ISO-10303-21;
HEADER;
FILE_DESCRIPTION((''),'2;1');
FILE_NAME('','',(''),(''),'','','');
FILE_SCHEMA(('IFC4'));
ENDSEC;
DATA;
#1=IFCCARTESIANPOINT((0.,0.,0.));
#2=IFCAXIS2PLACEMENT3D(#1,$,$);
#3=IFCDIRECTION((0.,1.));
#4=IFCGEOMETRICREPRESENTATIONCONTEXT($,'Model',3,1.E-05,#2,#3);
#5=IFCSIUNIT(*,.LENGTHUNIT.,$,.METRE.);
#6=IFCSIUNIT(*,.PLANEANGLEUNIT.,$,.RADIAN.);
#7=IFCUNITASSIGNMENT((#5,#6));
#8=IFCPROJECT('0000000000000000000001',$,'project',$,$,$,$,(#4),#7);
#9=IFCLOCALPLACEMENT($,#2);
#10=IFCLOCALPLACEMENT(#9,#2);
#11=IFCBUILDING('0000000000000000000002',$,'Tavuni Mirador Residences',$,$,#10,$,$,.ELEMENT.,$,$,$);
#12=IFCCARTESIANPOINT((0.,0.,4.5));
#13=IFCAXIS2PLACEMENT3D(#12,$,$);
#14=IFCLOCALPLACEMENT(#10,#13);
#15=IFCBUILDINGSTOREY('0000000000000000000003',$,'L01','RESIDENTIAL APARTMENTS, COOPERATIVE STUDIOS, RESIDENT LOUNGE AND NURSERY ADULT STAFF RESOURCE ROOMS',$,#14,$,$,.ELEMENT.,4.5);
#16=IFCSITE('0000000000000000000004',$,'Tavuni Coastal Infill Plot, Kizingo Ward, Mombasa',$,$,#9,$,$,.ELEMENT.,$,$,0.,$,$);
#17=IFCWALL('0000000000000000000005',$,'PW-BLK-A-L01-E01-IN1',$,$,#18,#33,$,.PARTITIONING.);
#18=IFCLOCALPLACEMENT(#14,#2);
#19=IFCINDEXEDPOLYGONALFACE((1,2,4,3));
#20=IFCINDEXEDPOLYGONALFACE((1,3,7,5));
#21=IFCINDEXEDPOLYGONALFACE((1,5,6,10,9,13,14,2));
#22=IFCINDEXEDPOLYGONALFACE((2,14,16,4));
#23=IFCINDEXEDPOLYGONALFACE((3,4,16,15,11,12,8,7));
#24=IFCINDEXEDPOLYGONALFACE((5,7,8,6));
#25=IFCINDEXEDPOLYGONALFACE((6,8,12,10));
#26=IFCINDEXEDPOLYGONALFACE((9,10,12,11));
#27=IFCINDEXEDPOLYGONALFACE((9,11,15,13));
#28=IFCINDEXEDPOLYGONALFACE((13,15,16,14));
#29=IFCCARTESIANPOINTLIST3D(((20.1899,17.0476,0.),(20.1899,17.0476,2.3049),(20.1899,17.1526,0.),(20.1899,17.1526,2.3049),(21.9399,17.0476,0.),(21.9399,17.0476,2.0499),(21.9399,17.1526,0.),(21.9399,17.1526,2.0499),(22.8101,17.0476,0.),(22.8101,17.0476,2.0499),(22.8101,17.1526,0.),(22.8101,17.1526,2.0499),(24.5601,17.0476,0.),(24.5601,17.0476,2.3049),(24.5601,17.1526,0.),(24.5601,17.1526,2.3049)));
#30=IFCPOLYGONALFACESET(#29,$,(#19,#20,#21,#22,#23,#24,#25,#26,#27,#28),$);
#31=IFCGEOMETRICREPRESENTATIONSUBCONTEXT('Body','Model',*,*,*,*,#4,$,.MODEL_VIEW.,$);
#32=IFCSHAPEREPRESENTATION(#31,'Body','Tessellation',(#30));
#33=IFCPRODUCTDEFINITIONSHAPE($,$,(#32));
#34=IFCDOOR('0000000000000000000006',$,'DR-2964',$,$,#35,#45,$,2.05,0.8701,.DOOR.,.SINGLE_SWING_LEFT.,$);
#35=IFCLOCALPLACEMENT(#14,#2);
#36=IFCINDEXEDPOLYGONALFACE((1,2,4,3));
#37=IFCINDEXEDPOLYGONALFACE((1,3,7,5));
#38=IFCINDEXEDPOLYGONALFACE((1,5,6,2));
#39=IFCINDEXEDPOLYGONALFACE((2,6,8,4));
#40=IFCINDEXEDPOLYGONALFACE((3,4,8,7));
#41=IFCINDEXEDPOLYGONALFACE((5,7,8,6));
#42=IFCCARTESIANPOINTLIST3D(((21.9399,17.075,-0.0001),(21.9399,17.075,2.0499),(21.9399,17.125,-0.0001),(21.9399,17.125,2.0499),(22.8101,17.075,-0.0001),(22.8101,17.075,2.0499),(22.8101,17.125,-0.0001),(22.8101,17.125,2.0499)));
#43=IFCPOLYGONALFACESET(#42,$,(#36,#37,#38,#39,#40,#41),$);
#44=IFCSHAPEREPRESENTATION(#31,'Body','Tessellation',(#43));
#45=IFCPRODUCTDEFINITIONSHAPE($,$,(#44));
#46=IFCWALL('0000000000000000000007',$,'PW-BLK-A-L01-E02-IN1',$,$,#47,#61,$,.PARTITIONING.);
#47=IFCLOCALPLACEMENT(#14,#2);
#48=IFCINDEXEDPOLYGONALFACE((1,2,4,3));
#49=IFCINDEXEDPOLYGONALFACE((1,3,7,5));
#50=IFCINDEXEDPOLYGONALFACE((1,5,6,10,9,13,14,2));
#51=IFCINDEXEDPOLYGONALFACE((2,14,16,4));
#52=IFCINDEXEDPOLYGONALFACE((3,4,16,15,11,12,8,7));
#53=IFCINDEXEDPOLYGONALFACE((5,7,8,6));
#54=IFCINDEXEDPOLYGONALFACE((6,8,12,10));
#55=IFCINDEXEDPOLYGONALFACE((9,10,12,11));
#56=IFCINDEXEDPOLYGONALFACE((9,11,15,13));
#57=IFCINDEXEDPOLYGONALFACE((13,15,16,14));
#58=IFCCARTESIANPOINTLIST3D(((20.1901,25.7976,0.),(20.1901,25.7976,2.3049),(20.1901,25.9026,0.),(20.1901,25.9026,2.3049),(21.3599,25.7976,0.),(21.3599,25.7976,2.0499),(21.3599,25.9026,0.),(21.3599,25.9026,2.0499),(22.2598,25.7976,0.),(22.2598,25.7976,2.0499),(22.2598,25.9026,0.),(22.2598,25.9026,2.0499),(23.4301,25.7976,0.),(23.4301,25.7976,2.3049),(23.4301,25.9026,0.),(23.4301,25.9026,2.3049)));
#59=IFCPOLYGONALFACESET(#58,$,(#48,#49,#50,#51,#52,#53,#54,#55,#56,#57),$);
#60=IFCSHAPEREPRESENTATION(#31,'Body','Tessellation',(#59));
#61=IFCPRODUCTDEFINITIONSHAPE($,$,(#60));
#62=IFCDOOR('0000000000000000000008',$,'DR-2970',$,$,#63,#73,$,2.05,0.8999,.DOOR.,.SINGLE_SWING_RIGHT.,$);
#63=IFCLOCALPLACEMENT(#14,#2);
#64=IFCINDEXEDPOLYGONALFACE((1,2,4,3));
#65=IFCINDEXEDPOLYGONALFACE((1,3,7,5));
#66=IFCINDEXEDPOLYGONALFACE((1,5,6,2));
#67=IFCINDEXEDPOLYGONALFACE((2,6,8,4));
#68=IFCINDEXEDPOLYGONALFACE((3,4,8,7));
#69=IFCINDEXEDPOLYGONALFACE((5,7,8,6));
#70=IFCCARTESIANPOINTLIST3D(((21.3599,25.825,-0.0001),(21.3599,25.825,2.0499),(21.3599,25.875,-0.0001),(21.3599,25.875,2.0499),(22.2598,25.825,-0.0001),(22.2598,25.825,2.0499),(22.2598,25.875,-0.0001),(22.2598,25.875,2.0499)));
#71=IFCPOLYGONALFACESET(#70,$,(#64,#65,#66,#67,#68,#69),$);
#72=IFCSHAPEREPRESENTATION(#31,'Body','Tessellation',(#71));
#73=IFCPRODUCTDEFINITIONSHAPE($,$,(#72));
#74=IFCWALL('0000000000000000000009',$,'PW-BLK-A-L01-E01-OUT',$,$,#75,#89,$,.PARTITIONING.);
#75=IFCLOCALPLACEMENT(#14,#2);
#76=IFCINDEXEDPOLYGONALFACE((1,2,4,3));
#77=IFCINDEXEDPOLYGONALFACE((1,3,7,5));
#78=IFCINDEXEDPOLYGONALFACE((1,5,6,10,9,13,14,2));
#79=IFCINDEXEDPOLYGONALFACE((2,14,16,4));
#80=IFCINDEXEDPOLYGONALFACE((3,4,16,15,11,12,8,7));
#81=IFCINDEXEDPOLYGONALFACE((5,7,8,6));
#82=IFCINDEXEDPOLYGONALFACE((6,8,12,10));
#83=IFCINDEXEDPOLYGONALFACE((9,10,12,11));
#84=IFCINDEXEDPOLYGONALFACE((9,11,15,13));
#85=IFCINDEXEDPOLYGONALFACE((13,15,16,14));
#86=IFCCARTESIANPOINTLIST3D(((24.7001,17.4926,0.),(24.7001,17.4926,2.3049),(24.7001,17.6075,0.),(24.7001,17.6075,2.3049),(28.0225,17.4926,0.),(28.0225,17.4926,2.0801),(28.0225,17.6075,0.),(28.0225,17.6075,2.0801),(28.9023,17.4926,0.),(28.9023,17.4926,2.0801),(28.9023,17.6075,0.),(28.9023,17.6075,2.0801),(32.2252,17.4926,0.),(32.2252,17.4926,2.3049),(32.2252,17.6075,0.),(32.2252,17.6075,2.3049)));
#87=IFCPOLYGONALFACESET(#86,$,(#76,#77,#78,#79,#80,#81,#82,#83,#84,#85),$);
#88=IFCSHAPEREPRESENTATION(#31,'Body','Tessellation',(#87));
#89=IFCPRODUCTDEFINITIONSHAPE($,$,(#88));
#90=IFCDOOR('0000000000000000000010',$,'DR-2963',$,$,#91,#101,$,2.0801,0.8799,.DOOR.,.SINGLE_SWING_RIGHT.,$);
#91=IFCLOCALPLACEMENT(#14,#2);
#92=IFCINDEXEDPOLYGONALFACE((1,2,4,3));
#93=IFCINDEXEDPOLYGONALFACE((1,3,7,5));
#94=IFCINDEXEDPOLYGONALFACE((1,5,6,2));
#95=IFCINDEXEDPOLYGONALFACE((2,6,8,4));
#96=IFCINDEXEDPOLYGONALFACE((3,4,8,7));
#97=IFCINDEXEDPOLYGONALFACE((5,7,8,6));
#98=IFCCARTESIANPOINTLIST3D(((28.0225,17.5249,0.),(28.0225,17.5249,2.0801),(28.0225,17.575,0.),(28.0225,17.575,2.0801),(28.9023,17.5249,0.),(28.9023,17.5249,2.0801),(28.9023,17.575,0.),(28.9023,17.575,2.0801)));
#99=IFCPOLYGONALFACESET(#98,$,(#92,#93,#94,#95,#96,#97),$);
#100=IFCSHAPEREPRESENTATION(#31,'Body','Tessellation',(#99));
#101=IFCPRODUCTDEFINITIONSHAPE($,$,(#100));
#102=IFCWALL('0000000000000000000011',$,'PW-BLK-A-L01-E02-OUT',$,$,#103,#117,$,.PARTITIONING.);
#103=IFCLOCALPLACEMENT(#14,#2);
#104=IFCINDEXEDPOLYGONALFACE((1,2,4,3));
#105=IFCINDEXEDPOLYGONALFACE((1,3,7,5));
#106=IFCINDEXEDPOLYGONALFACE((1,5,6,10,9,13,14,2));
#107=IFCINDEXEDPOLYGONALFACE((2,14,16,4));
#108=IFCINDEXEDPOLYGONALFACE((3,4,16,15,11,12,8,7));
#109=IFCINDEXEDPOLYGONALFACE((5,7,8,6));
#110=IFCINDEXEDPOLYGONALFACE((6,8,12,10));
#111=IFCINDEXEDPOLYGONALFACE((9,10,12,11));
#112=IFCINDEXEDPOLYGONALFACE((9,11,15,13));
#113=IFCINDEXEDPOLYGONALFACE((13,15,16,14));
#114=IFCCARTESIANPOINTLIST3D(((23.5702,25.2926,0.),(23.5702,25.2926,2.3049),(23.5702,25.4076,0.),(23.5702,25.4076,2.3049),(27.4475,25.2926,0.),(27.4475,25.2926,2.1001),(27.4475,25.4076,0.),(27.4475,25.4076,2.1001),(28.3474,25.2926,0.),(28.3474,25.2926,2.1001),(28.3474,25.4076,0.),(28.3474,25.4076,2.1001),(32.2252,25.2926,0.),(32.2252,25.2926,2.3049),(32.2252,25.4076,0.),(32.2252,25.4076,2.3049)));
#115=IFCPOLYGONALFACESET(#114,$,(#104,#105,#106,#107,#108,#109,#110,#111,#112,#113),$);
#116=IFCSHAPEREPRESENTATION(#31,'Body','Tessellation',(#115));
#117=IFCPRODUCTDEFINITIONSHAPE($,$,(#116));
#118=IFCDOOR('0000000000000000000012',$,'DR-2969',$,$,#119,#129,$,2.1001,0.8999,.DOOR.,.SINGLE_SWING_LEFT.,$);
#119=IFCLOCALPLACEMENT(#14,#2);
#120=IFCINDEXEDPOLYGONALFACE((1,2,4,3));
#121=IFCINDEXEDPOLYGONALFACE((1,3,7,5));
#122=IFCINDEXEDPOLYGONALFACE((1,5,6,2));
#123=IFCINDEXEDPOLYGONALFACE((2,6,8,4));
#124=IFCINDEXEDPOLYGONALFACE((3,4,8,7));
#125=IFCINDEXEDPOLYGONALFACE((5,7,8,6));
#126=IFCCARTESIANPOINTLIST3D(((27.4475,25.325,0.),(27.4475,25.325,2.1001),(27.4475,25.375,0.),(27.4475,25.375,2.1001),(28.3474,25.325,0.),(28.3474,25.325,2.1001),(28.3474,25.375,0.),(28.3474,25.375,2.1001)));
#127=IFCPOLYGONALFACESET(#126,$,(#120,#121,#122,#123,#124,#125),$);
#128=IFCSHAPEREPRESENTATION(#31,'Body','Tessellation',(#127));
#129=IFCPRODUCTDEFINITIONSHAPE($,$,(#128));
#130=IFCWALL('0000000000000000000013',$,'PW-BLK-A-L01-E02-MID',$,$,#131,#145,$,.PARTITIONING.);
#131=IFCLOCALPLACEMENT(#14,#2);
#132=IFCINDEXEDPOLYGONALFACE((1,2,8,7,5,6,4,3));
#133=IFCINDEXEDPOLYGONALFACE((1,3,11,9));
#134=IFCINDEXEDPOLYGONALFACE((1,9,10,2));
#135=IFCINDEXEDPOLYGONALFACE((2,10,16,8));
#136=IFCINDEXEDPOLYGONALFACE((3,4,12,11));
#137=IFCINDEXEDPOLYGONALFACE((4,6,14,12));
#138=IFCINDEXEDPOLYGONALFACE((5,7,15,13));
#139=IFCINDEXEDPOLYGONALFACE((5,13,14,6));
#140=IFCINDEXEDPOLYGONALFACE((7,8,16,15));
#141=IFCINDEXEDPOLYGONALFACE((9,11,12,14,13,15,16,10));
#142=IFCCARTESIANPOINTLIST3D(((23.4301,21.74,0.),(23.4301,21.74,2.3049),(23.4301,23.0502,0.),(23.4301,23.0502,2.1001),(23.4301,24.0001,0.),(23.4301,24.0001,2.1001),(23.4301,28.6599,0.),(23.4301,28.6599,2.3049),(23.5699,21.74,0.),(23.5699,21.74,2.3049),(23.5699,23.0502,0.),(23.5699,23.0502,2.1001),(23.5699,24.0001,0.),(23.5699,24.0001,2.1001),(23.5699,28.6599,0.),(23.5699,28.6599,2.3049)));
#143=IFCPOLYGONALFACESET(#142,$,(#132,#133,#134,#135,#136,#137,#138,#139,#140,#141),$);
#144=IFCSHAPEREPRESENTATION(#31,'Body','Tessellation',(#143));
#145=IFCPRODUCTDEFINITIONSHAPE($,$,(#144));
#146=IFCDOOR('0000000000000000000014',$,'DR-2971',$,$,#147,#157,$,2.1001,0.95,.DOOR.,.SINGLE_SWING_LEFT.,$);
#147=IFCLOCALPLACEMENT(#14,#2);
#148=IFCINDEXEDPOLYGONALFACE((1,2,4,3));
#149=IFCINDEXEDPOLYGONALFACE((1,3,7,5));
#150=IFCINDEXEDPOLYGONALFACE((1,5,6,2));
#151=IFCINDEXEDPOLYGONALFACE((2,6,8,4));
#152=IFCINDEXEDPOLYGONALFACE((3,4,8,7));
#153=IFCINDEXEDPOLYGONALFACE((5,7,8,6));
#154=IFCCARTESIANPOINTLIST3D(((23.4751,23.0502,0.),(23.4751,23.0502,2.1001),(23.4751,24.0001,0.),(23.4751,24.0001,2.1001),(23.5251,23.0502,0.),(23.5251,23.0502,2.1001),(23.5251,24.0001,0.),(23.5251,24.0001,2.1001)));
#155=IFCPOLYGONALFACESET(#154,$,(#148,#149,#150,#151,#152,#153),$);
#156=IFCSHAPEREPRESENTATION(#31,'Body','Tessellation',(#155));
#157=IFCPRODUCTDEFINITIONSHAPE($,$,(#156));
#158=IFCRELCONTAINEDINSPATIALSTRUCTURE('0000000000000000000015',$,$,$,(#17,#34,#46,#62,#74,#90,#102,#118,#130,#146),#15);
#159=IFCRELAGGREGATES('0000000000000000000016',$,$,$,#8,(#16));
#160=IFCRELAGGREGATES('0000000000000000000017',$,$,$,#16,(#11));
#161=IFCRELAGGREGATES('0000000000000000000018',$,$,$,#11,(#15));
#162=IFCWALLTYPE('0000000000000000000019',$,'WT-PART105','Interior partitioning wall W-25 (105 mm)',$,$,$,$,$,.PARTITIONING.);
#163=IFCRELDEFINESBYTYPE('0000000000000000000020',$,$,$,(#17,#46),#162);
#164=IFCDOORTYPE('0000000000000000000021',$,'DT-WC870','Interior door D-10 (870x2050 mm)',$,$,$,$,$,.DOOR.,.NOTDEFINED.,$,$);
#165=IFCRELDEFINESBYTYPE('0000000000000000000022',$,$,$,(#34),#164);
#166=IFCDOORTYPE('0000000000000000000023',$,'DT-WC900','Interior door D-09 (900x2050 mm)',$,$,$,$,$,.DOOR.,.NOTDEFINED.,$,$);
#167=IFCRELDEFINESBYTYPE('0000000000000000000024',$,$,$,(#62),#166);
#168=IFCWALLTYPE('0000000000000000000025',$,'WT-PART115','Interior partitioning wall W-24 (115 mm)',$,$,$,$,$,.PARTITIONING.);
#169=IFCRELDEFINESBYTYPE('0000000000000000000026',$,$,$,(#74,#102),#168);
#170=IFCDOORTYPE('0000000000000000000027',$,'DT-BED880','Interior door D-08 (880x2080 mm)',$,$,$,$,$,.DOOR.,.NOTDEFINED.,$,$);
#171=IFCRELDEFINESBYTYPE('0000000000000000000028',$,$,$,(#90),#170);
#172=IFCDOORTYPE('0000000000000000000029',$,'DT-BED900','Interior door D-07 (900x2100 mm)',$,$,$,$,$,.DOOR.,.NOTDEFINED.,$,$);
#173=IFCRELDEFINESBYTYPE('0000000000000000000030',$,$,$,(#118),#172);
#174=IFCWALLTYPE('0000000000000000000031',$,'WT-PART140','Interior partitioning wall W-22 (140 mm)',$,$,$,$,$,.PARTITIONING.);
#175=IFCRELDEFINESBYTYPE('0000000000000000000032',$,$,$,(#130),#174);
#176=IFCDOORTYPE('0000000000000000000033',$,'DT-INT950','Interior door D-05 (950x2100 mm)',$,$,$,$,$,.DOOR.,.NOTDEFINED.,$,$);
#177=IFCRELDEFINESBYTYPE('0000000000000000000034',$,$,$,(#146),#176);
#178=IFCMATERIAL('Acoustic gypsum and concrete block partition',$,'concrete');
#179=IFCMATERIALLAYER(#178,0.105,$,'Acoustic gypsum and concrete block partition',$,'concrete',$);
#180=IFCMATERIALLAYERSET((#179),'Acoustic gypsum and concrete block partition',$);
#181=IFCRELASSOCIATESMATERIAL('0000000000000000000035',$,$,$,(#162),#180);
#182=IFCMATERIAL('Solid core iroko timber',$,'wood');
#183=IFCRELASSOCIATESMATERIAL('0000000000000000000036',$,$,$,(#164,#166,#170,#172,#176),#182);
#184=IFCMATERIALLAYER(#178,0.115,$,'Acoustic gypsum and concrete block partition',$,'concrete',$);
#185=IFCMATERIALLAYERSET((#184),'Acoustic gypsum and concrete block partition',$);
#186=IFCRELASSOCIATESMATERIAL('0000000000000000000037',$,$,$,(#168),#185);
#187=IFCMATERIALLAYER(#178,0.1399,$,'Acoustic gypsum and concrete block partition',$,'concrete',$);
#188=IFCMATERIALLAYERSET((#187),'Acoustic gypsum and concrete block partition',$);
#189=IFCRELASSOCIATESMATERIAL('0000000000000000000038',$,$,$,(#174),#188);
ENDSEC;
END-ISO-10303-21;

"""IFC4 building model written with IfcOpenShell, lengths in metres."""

from ifc_helpers import new_model, si_unit, direction, frame, frame_2d, origin, place, context, subcontext, project, spatial, rectangle, extrude, material, layer, layer_set, type_object, element, fill, save


model = new_model("IFC4")

# Units and contexts
model_context = context("Model", 3, precision=1e-05, world=origin(), true_north=direction((0.0, 1.0)))
body_context = subcontext(model_context, "Body", "Model", "MODEL_VIEW")
ifc_project = project(units=[si_unit("LENGTHUNIT", "METRE"), si_unit("PLANEANGLEUNIT", "RADIAN")], contexts=[model_context])

# Site, building, storey
site_placement = place(None, origin())
site = spatial("IfcSite", under=ifc_project, at=site_placement, Name="Tavuni Coastal Infill Plot, Kizingo Ward, Mombasa", CompositionType="ELEMENT", RefElevation=0.0)
building_placement = place(site_placement, origin())
building = spatial("IfcBuilding", under=site, at=building_placement, Name="Tavuni Mirador Residences", CompositionType="ELEMENT")
storey_placement = place(building_placement, frame((0.0, 0.0, 4.5)))
storey = spatial("IfcBuildingStorey", under=building, at=storey_placement, Name="L01", Description="RESIDENTIAL APARTMENTS, COOPERATIVE STUDIOS, RESIDENT LOUNGE AND NURSERY ADULT STAFF RESOURCE ROOMS", CompositionType="ELEMENT", Elevation=4.5)

# Walls, openings, doors
ifc_material_1 = material(Name="Solid core iroko timber", Category="wood")
ifc_material_2 = material(Name="Acoustic gypsum and concrete block partition", Category="concrete")
ifc_layer_1 = layer(ifc_material_2, 0.105, Name="Acoustic gypsum and concrete block partition", Category="concrete")
ifc_layer_set_1 = layer_set([ifc_layer_1], Name="Acoustic gypsum and concrete block partition")
wall_type_1 = type_object("IfcWallType", Name="WT-PART105", Description="Interior partitioning wall W-25 (105 mm)", PredefinedType="PARTITIONING", material=ifc_layer_set_1)
wall_1_placement = place(storey_placement, frame((20.1899, 17.1001, 0.0), z_axis=(0.0, 0.0, 1.0), x_axis=(1.0, 0.0, 0.0)))
wall_1 = element("IfcWall", 1, at=wall_1_placement, inside=storey, type_object=wall_type_1, Name="PW-BLK-A-L01-E01-IN1", PredefinedType="PARTITIONING", context=body_context, shape_type="SweptSolid", body=[
    extrude(rectangle(XDim=4.3701, YDim=0.105, at=frame_2d((2.1851, 0.0))), origin(), (0.0, 0.0, 1.0), 2.3049),
])
opening_1_placement = place(wall_1_placement, frame((1.75, 0.0, 0.0)))
opening_1 = element("IfcOpeningElement", 2, at=opening_1_placement, cuts=wall_1, PredefinedType="OPENING", context=body_context, shape_type="SweptSolid", body=[
    extrude(rectangle(XDim=0.8701, YDim=2.05, at=frame_2d((0.4351, 1.0249))), frame((0.0, 0.0625, 0.0), z_axis=(0.0, -1.0, 0.0), x_axis=(1.0, 0.0, 0.0)), (0.0, 0.0, 1.0), 0.125),
])
door_type_1 = type_object("IfcDoorType", Name="DT-WC870", Description="Interior door D-10 (870x2050 mm)", OperationType="NOTDEFINED", PredefinedType="DOOR", material=ifc_material_1)
door_1_placement = place(opening_1_placement, origin())
door_1 = element("IfcDoor", 3, at=door_1_placement, inside=storey, type_object=door_type_1, Name="DR-2964", OperationType="SINGLE_SWING_LEFT", OverallHeight=2.05, OverallWidth=0.8701, PredefinedType="DOOR", context=body_context, shape_type="SweptSolid", body=[
    extrude(rectangle(XDim=0.8701, YDim=2.05, at=frame_2d((0.4351, 1.0249))), frame((0.0, 0.0249, 0.0), z_axis=(0.0, -1.0, 0.0), x_axis=(1.0, 0.0, 0.0)), (0.0, 0.0, 1.0), 0.05),
])
fill(opening_1, door_1)
wall_2_placement = place(storey_placement, frame((20.1899, 25.8501, 0.0), z_axis=(0.0, 0.0, 1.0), x_axis=(1.0, 0.0, 0.0)))
wall_2 = element("IfcWall", 4, at=wall_2_placement, inside=storey, type_object=wall_type_1, Name="PW-BLK-A-L01-E02-IN1", PredefinedType="PARTITIONING", context=body_context, shape_type="SweptSolid", body=[
    extrude(rectangle(XDim=3.24, YDim=0.105, at=frame_2d((1.6201, 0.0))), origin(), (0.0, 0.0, 1.0), 2.3049),
])
opening_2_placement = place(wall_2_placement, frame((1.1699, 0.0, 0.0)))
opening_2 = element("IfcOpeningElement", 5, at=opening_2_placement, cuts=wall_2, PredefinedType="OPENING", context=body_context, shape_type="SweptSolid", body=[
    extrude(rectangle(XDim=0.8999, YDim=2.05, at=frame_2d((0.45, 1.0249))), frame((0.0, 0.0625, 0.0), z_axis=(0.0, -1.0, 0.0), x_axis=(1.0, 0.0, 0.0)), (0.0, 0.0, 1.0), 0.125),
])
door_type_2 = type_object("IfcDoorType", Name="DT-WC900", Description="Interior door D-09 (900x2050 mm)", OperationType="NOTDEFINED", PredefinedType="DOOR", material=ifc_material_1)
door_2_placement = place(opening_2_placement, origin())
door_2 = element("IfcDoor", 6, at=door_2_placement, inside=storey, type_object=door_type_2, Name="DR-2970", OperationType="SINGLE_SWING_RIGHT", OverallHeight=2.05, OverallWidth=0.8999, PredefinedType="DOOR", context=body_context, shape_type="SweptSolid", body=[
    extrude(rectangle(XDim=0.8999, YDim=2.05, at=frame_2d((0.45, 1.0249))), frame((0.0, 0.0249, 0.0), z_axis=(0.0, -1.0, 0.0), x_axis=(1.0, 0.0, 0.0)), (0.0, 0.0, 1.0), 0.05),
])
fill(opening_2, door_2)
ifc_layer_2 = layer(ifc_material_2, 0.115, Name="Acoustic gypsum and concrete block partition", Category="concrete")
ifc_layer_set_2 = layer_set([ifc_layer_2], Name="Acoustic gypsum and concrete block partition")
wall_type_2 = type_object("IfcWallType", Name="WT-PART115", Description="Interior partitioning wall W-24 (115 mm)", PredefinedType="PARTITIONING", material=ifc_layer_set_2)
wall_3_placement = place(storey_placement, frame((24.7, 17.55, 0.0), z_axis=(0.0, 0.0, 1.0), x_axis=(1.0, 0.0, 0.0)))
wall_3 = element("IfcWall", 7, at=wall_3_placement, inside=storey, type_object=wall_type_2, Name="PW-BLK-A-L01-E01-OUT", PredefinedType="PARTITIONING", context=body_context, shape_type="SweptSolid", body=[
    extrude(rectangle(XDim=7.5251, YDim=0.115, at=frame_2d((3.7627, 0.0))), origin(), (0.0, 0.0, 1.0), 2.3049),
])
opening_3_placement = place(wall_3_placement, frame((3.3225, 0.0, 0.0)))
opening_3 = element("IfcOpeningElement", 8, at=opening_3_placement, cuts=wall_3, PredefinedType="OPENING", context=body_context, shape_type="SweptSolid", body=[
    extrude(rectangle(XDim=0.8799, YDim=2.0801, at=frame_2d((0.4399, 1.04))), frame((0.0, 0.0674, 0.0), z_axis=(0.0, -1.0, 0.0), x_axis=(1.0, 0.0, 0.0)), (0.0, 0.0, 1.0), 0.135),
])
door_type_3 = type_object("IfcDoorType", Name="DT-BED880", Description="Interior door D-08 (880x2080 mm)", OperationType="NOTDEFINED", PredefinedType="DOOR", material=ifc_material_1)
door_3_placement = place(opening_3_placement, origin())
door_3 = element("IfcDoor", 9, at=door_3_placement, inside=storey, type_object=door_type_3, Name="DR-2963", OperationType="SINGLE_SWING_RIGHT", OverallHeight=2.0801, OverallWidth=0.8799, PredefinedType="DOOR", context=body_context, shape_type="SweptSolid", body=[
    extrude(rectangle(XDim=0.8799, YDim=2.0801, at=frame_2d((0.4399, 1.04))), frame((0.0, 0.0249, 0.0), z_axis=(0.0, -1.0, 0.0), x_axis=(1.0, 0.0, 0.0)), (0.0, 0.0, 1.0), 0.05),
])
fill(opening_3, door_3)
wall_4_placement = place(storey_placement, frame((23.5701, 25.3501, 0.0), z_axis=(0.0, 0.0, 1.0), x_axis=(1.0, 0.0, 0.0)))
wall_4 = element("IfcWall", 10, at=wall_4_placement, inside=storey, type_object=wall_type_2, Name="PW-BLK-A-L01-E02-OUT", PredefinedType="PARTITIONING", context=body_context, shape_type="SweptSolid", body=[
    extrude(rectangle(XDim=8.655, YDim=0.115, at=frame_2d((4.3276, 0.0))), origin(), (0.0, 0.0, 1.0), 2.3049),
])
opening_4_placement = place(wall_4_placement, frame((3.8774, 0.0, 0.0)))
opening_4 = element("IfcOpeningElement", 11, at=opening_4_placement, cuts=wall_4, PredefinedType="OPENING", context=body_context, shape_type="SweptSolid", body=[
    extrude(rectangle(XDim=0.8999, YDim=2.1001, at=frame_2d((0.45, 1.05))), frame((0.0, 0.0674, 0.0), z_axis=(0.0, -1.0, 0.0), x_axis=(1.0, 0.0, 0.0)), (0.0, 0.0, 1.0), 0.135),
])
door_type_4 = type_object("IfcDoorType", Name="DT-BED900", Description="Interior door D-07 (900x2100 mm)", OperationType="NOTDEFINED", PredefinedType="DOOR", material=ifc_material_1)
door_4_placement = place(opening_4_placement, origin())
door_4 = element("IfcDoor", 12, at=door_4_placement, inside=storey, type_object=door_type_4, Name="DR-2969", OperationType="SINGLE_SWING_LEFT", OverallHeight=2.1001, OverallWidth=0.8999, PredefinedType="DOOR", context=body_context, shape_type="SweptSolid", body=[
    extrude(rectangle(XDim=0.8999, YDim=2.1001, at=frame_2d((0.45, 1.05))), frame((0.0, 0.0249, 0.0), z_axis=(0.0, -1.0, 0.0), x_axis=(1.0, 0.0, 0.0)), (0.0, 0.0, 1.0), 0.05),
])
fill(opening_4, door_4)
ifc_layer_3 = layer(ifc_material_2, 0.1399, Name="Acoustic gypsum and concrete block partition", Category="concrete")
ifc_layer_set_3 = layer_set([ifc_layer_3], Name="Acoustic gypsum and concrete block partition")
wall_type_3 = type_object("IfcWallType", Name="WT-PART140", Description="Interior partitioning wall W-22 (140 mm)", PredefinedType="PARTITIONING", material=ifc_layer_set_3)
wall_5_placement = place(storey_placement, frame((23.5, 21.74, 0.0), z_axis=(0.0, 0.0, 1.0), x_axis=(0.0, 1.0, 0.0)))
wall_5 = element("IfcWall", 13, at=wall_5_placement, inside=storey, type_object=wall_type_3, Name="PW-BLK-A-L01-E02-MID", PredefinedType="PARTITIONING", context=body_context, shape_type="SweptSolid", body=[
    extrude(rectangle(XDim=6.9199, YDim=0.1399, at=frame_2d((3.46, 0.0))), origin(), (0.0, 0.0, 1.0), 2.3049),
])
opening_5_placement = place(wall_5_placement, frame((1.3101, 0.0, 0.0)))
opening_5 = element("IfcOpeningElement", 14, at=opening_5_placement, cuts=wall_5, PredefinedType="OPENING", context=body_context, shape_type="SweptSolid", body=[
    extrude(rectangle(XDim=0.95, YDim=2.1001, at=frame_2d((0.4751, 1.05))), frame((0.0, 0.0801, 0.0), z_axis=(0.0, -1.0, 0.0), x_axis=(1.0, 0.0, 0.0)), (0.0, 0.0, 1.0), 0.1599),
])
door_type_5 = type_object("IfcDoorType", Name="DT-INT950", Description="Interior door D-05 (950x2100 mm)", OperationType="NOTDEFINED", PredefinedType="DOOR", material=ifc_material_1)
door_5_placement = place(opening_5_placement, origin())
door_5 = element("IfcDoor", 15, at=door_5_placement, inside=storey, type_object=door_type_5, Name="DR-2971", OperationType="SINGLE_SWING_LEFT", OverallHeight=2.1001, OverallWidth=0.95, PredefinedType="DOOR", context=body_context, shape_type="SweptSolid", body=[
    extrude(rectangle(XDim=0.95, YDim=2.1001, at=frame_2d((0.4751, 1.05))), frame((0.0, 0.0249, 0.0), z_axis=(0.0, -1.0, 0.0), x_axis=(1.0, 0.0, 0.0)), (0.0, 0.0, 1.0), 0.05),
])
fill(opening_5, door_5)

save(model, "model.ifc")
